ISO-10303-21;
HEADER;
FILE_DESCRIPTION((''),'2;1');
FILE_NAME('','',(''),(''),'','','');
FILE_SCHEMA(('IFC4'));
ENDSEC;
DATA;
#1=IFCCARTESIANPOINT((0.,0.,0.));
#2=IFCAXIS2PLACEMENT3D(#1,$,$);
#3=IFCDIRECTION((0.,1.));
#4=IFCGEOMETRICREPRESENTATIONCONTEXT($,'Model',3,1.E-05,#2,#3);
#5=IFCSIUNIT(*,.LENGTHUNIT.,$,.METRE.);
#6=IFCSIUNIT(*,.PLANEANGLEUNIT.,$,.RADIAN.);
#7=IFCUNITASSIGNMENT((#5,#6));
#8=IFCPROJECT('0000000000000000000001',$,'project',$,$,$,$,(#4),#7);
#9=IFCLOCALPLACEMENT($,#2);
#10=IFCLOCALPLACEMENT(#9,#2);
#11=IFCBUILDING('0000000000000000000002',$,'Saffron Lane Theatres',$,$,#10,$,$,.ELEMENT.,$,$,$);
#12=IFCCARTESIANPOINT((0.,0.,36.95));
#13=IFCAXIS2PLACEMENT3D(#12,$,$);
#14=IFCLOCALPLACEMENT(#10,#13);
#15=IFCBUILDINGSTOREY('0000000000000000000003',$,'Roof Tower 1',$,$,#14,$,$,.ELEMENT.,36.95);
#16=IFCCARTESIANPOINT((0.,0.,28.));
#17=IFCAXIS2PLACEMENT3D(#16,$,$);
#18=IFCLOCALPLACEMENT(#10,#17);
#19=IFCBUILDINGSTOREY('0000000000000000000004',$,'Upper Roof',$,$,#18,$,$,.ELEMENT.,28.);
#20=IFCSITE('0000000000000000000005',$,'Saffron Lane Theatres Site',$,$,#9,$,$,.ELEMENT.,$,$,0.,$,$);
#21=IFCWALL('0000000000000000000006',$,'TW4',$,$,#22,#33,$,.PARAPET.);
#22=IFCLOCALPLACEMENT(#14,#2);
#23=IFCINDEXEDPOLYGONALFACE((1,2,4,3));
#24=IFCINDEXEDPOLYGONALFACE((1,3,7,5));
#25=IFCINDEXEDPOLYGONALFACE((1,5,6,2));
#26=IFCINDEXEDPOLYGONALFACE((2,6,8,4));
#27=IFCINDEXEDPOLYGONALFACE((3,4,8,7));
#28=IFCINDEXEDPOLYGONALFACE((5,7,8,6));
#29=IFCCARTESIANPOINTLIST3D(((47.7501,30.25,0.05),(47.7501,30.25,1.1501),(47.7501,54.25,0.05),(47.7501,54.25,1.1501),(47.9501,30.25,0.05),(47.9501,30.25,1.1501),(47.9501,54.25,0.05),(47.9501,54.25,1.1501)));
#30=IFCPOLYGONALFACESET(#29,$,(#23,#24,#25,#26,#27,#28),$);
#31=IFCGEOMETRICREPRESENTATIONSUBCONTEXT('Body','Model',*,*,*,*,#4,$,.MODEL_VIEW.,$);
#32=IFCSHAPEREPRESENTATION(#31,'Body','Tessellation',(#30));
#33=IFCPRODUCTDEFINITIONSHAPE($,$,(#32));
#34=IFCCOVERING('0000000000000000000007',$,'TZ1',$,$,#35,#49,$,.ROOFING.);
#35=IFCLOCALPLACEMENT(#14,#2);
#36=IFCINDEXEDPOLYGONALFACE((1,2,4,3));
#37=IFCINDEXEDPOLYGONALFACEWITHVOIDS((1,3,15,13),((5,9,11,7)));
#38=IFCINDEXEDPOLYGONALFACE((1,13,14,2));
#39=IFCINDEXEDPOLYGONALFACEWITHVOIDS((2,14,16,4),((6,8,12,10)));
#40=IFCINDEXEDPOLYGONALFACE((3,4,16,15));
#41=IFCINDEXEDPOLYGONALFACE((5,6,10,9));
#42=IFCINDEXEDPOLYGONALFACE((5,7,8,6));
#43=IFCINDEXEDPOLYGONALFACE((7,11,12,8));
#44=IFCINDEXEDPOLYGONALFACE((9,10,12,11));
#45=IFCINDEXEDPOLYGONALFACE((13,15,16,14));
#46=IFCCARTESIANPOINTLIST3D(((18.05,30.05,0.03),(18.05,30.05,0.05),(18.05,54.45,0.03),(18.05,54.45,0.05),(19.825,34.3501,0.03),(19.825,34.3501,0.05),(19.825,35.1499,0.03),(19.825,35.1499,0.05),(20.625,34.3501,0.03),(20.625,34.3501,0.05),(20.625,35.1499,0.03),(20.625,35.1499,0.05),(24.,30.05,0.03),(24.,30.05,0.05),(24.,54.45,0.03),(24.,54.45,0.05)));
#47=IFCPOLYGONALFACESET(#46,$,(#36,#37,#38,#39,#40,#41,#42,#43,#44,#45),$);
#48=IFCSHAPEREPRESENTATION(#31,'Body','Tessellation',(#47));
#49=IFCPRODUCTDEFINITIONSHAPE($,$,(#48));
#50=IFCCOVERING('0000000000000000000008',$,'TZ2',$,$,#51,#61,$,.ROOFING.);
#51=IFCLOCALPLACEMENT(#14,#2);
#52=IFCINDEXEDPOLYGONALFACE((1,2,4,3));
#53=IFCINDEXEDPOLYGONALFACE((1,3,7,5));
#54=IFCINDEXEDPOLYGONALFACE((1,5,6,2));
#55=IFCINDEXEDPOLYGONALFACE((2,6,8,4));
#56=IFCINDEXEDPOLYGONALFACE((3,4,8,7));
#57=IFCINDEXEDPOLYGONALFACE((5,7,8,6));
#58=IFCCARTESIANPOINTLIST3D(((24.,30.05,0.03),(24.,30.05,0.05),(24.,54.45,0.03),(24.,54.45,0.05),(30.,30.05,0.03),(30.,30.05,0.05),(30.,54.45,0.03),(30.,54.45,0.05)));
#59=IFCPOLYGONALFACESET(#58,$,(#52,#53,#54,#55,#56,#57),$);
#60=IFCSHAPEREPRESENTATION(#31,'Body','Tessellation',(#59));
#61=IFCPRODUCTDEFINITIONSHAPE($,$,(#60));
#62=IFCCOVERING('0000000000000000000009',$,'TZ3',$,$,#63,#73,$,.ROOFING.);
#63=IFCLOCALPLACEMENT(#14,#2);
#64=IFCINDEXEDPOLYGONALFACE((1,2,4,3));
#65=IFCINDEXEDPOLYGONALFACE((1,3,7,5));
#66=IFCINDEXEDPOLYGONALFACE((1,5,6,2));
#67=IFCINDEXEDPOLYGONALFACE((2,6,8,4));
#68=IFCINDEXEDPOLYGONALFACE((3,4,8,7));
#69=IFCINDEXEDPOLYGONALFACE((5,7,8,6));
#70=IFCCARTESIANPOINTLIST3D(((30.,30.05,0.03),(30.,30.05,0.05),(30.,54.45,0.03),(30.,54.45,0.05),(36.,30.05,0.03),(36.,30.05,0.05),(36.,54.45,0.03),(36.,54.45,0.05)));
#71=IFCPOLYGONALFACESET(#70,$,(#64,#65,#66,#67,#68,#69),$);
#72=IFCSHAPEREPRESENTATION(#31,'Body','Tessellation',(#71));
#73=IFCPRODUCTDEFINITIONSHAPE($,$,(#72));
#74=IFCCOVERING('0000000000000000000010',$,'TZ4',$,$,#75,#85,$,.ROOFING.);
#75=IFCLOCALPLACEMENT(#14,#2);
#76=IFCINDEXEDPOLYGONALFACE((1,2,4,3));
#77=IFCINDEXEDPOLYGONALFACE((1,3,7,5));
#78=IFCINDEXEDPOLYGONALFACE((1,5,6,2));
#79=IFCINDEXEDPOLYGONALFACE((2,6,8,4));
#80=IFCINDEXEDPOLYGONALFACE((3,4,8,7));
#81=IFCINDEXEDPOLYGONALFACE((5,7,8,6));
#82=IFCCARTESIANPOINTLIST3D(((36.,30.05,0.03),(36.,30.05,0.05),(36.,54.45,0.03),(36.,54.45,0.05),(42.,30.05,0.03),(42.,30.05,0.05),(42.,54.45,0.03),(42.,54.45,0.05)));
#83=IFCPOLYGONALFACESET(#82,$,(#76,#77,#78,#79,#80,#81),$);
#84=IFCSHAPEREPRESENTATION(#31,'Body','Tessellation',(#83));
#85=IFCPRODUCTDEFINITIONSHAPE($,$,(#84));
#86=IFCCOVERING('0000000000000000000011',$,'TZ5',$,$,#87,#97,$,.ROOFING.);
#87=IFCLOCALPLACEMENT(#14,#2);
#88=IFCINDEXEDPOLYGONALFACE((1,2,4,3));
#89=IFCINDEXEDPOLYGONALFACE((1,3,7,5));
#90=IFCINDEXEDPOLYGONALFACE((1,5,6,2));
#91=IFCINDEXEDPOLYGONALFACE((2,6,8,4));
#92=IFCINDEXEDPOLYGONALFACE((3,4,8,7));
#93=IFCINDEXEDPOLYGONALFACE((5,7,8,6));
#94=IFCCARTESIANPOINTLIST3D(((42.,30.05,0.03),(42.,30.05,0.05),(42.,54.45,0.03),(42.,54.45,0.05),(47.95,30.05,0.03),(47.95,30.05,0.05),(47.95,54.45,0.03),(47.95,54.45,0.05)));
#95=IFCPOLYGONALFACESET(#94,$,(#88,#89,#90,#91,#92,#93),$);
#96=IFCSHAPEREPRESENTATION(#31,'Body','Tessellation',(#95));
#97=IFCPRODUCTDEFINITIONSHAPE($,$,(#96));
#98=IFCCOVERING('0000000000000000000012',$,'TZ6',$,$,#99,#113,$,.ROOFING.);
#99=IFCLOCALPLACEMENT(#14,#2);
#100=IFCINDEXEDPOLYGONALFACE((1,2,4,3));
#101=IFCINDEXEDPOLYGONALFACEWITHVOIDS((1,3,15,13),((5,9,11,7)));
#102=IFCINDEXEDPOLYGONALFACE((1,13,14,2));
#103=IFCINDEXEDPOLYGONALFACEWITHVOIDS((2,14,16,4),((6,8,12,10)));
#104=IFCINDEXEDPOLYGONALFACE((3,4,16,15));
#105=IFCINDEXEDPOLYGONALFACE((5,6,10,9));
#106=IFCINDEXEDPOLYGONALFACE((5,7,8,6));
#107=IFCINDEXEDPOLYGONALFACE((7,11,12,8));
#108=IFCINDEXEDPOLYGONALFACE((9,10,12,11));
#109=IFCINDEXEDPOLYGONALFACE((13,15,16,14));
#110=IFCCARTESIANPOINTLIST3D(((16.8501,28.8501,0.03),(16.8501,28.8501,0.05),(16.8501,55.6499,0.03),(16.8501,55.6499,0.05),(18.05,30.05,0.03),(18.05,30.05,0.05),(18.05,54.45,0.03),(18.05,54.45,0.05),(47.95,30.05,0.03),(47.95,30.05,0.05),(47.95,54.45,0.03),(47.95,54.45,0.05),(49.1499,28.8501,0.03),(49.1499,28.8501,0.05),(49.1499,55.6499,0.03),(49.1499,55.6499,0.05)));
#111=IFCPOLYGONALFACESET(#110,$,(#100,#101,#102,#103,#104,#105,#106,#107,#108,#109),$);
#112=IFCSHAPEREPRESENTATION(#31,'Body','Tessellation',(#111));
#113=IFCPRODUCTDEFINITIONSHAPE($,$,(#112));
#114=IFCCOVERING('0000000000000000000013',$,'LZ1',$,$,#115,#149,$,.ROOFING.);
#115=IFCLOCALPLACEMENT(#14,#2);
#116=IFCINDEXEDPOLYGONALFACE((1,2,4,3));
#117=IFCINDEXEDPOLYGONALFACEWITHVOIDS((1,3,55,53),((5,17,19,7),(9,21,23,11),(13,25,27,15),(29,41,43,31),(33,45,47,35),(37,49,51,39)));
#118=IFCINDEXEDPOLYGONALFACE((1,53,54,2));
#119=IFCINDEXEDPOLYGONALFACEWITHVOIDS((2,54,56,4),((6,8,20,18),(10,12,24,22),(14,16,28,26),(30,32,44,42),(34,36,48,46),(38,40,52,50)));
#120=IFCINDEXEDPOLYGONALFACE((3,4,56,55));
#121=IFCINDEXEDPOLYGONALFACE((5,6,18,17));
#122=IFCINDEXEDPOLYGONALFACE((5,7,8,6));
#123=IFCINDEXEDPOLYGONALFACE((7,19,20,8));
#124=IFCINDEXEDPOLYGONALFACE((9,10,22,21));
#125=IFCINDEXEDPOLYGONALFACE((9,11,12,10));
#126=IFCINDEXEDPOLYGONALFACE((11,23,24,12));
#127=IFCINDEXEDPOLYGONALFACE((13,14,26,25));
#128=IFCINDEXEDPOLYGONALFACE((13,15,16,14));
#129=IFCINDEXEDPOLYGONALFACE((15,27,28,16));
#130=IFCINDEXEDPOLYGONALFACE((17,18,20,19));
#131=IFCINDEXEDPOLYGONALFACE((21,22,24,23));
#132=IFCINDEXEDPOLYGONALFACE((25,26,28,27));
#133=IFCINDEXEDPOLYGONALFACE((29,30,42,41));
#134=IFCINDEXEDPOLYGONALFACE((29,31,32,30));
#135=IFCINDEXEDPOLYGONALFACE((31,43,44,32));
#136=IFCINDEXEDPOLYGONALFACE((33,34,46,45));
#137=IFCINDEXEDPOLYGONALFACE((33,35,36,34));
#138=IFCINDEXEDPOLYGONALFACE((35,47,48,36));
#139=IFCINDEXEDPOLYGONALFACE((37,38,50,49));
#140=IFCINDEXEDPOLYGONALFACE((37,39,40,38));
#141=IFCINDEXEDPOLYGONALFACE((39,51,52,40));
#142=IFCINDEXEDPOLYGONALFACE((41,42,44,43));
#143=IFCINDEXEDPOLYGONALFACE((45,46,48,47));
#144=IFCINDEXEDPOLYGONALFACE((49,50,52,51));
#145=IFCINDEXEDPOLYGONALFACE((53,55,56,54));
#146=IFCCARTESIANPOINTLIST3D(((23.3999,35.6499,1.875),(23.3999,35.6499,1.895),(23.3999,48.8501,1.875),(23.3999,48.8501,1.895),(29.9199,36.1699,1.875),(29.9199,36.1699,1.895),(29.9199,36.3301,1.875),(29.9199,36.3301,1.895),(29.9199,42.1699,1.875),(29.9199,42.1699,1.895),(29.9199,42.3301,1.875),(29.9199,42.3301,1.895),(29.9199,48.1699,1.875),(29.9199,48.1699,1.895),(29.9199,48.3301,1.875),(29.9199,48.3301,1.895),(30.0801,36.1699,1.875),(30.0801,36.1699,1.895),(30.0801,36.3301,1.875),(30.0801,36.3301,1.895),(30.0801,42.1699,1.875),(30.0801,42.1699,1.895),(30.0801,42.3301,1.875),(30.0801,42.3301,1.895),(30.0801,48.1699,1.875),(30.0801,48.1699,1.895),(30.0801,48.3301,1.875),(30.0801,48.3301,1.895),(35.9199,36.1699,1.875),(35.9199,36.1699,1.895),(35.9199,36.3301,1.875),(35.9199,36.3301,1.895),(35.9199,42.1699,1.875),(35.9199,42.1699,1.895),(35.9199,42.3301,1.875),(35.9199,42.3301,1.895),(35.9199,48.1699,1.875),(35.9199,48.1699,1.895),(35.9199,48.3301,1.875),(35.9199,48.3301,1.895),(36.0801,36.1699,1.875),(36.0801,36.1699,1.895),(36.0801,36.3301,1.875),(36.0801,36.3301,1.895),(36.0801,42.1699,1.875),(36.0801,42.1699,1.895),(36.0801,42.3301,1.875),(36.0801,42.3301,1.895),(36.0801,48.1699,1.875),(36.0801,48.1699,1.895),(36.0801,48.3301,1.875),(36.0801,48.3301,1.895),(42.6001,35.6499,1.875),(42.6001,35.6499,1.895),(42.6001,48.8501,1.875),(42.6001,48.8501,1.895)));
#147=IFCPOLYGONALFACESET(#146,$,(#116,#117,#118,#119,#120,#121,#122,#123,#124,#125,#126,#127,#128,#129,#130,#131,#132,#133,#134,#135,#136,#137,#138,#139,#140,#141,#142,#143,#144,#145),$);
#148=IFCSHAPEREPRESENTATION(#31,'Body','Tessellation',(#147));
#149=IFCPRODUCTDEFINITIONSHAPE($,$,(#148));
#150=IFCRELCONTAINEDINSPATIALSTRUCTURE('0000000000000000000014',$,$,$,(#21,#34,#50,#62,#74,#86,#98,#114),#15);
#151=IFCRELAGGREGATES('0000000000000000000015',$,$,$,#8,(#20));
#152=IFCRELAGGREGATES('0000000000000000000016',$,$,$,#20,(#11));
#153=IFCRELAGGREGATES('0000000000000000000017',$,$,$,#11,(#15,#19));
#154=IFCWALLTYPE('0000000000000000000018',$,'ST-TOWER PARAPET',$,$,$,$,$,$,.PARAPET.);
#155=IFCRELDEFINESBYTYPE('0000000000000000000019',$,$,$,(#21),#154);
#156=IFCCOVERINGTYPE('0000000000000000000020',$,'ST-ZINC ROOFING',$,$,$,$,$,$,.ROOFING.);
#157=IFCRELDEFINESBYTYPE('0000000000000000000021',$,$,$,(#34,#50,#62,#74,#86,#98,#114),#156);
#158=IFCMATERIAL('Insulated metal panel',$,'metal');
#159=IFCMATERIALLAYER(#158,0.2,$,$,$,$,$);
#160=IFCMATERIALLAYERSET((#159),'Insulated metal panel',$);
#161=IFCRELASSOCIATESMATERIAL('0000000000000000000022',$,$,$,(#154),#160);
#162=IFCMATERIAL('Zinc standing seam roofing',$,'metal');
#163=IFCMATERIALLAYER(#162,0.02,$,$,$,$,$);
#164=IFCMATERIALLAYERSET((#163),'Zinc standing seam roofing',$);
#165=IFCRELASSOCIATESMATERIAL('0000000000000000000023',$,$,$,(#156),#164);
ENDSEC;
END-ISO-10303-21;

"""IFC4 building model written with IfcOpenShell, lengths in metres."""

from ifc_helpers import new_model, si_unit, direction, frame, frame_2d, origin, place, context, subcontext, project, spatial, polyline, rectangle, outline, extrude, material, layer, layer_set, type_object, element, save


model = new_model("IFC4")

# Units and contexts
model_context = context("Model", 3, precision=1e-05, world=origin(), true_north=direction((0.0, 1.0)))
body_context = subcontext(model_context, "Body", "Model", "MODEL_VIEW")
ifc_project = project(units=[si_unit("LENGTHUNIT", "METRE"), si_unit("PLANEANGLEUNIT", "RADIAN")], contexts=[model_context])

# Site, building, storey
site_placement = place(None, origin())
site = spatial("IfcSite", under=ifc_project, at=site_placement, Name="Saffron Lane Theatres Site", CompositionType="ELEMENT", RefElevation=0.0)
building_placement = place(site_placement, origin())
building = spatial("IfcBuilding", under=site, at=building_placement, Name="Saffron Lane Theatres", CompositionType="ELEMENT")
storey_1_placement = place(building_placement, frame((0.0, 0.0, 36.95)))
storey_1 = spatial("IfcBuildingStorey", under=building, at=storey_1_placement, Name="Roof Tower 1", CompositionType="ELEMENT", Elevation=36.95)

# Shared definitions
storey_2_placement = place(building_placement, frame((0.0, 0.0, 28.0)))
storey_2 = spatial("IfcBuildingStorey", under=building, at=storey_2_placement, Name="Upper Roof", CompositionType="ELEMENT", Elevation=28.0)

# Wall
ifc_material_1 = material(Name="Insulated metal panel", Category="metal")
ifc_layer_1 = layer(ifc_material_1, 0.2)
ifc_layer_set_1 = layer_set([ifc_layer_1], Name="Insulated metal panel")
wall_type = type_object("IfcWallType", Name="ST-TOWER PARAPET", PredefinedType="PARAPET", material=ifc_layer_set_1)
for number, where, z_axis, x_axis, name in (
    (1, (47.8501, 30.25, 0.05), (0.0, 0.0, 1.0), (0.0, 1.0, 0.0), "TW4"),
):
    element("IfcWall", number, at=place(storey_1_placement, frame(where, z_axis=z_axis, x_axis=x_axis)), inside=storey_1, type_object=wall_type, Name=name, PredefinedType="PARAPET", context=body_context, shape_type="SweptSolid", body=[
        extrude(rectangle(XDim=24.0, YDim=0.2, at=frame_2d((12.0, 0.0))), origin(), (0.0, 0.0, 1.0), 1.1001),
    ])

# Coverings
ifc_material_2 = material(Name="Zinc standing seam roofing", Category="metal")
ifc_layer_2 = layer(ifc_material_2, 0.02)
ifc_layer_set_2 = layer_set([ifc_layer_2], Name="Zinc standing seam roofing")
covering_type = type_object("IfcCoveringType", Name="ST-ZINC ROOFING", PredefinedType="ROOFING", material=ifc_layer_set_2)
covering_1_placement = place(storey_1_placement, frame((0.0, 0.0, 0.03)))
element("IfcCovering", 2, at=covering_1_placement, inside=storey_1, type_object=covering_type, Name="TZ1", PredefinedType="ROOFING", context=body_context, shape_type="SweptSolid", body=[
    extrude(outline(polyline([(18.05, 30.05), (24.0, 30.05), (24.0, 54.45), (18.05, 54.45), (18.05, 30.05)]), holes=[polyline([(19.825, 34.3501), (20.625, 34.3501), (20.625, 35.1499), (19.825, 35.1499), (19.825, 34.3501)])]), origin(), (0.0, 0.0, 1.0), 0.02),
])
covering_2_placement = place(storey_1_placement, frame((0.0, 0.0, 0.03)))
element("IfcCovering", 3, at=covering_2_placement, inside=storey_1, type_object=covering_type, Name="TZ2", PredefinedType="ROOFING", context=body_context, shape_type="SweptSolid", body=[
    extrude(outline(polyline([(24.0, 30.05), (30.0, 30.05), (30.0, 54.45), (24.0, 54.45), (24.0, 30.05)])), origin(), (0.0, 0.0, 1.0), 0.02),
])
covering_3_placement = place(storey_1_placement, frame((0.0, 0.0, 0.03)))
element("IfcCovering", 4, at=covering_3_placement, inside=storey_1, type_object=covering_type, Name="TZ3", PredefinedType="ROOFING", context=body_context, shape_type="SweptSolid", body=[
    extrude(outline(polyline([(30.0, 30.05), (36.0, 30.05), (36.0, 54.45), (30.0, 54.45), (30.0, 30.05)])), origin(), (0.0, 0.0, 1.0), 0.02),
])
covering_4_placement = place(storey_1_placement, frame((0.0, 0.0, 0.03)))
element("IfcCovering", 5, at=covering_4_placement, inside=storey_1, type_object=covering_type, Name="TZ4", PredefinedType="ROOFING", context=body_context, shape_type="SweptSolid", body=[
    extrude(outline(polyline([(36.0, 30.05), (42.0, 30.05), (42.0, 54.45), (36.0, 54.45), (36.0, 30.05)])), origin(), (0.0, 0.0, 1.0), 0.02),
])
covering_5_placement = place(storey_1_placement, frame((0.0, 0.0, 0.03)))
element("IfcCovering", 6, at=covering_5_placement, inside=storey_1, type_object=covering_type, Name="TZ5", PredefinedType="ROOFING", context=body_context, shape_type="SweptSolid", body=[
    extrude(outline(polyline([(42.0, 30.05), (47.95, 30.05), (47.95, 54.45), (42.0, 54.45), (42.0, 30.05)])), origin(), (0.0, 0.0, 1.0), 0.02),
])
covering_6_placement = place(storey_1_placement, frame((0.0, 0.0, 0.03)))
element("IfcCovering", 7, at=covering_6_placement, inside=storey_1, type_object=covering_type, Name="TZ6", PredefinedType="ROOFING", context=body_context, shape_type="SweptSolid", body=[
    extrude(outline(polyline([(16.8501, 28.8501), (49.1499, 28.8501), (49.1499, 55.6499), (16.8501, 55.6499), (16.8501, 28.8501)]), holes=[polyline([(18.05, 30.05), (47.95, 30.05), (47.95, 54.45), (18.05, 54.45), (18.05, 30.05)])]), origin(), (0.0, 0.0, 1.0), 0.02),
])
covering_7_placement = place(storey_1_placement, frame((0.0, 0.0, 1.875)))
element("IfcCovering", 8, at=covering_7_placement, inside=storey_1, type_object=covering_type, Name="LZ1", PredefinedType="ROOFING", context=body_context, shape_type="SweptSolid", body=[
    extrude(outline(polyline([(23.3999, 35.6499), (42.6001, 35.6499), (42.6001, 48.8501), (23.3999, 48.8501), (23.3999, 35.6499)]), holes=[polyline([(29.9199, 36.1699), (30.0801, 36.1699), (30.0801, 36.3301), (29.9199, 36.3301), (29.9199, 36.1699)]), polyline([(29.9199, 42.1699), (30.0801, 42.1699), (30.0801, 42.3301), (29.9199, 42.3301), (29.9199, 42.1699)]), polyline([(29.9199, 48.1699), (30.0801, 48.1699), (30.0801, 48.3301), (29.9199, 48.3301), (29.9199, 48.1699)]), polyline([(35.9199, 36.1699), (36.0801, 36.1699), (36.0801, 36.3301), (35.9199, 36.3301), (35.9199, 36.1699)]), polyline([(35.9199, 42.1699), (36.0801, 42.1699), (36.0801, 42.3301), (35.9199, 42.3301), (35.9199, 42.1699)]), polyline([(35.9199, 48.1699), (36.0801, 48.1699), (36.0801, 48.3301), (35.9199, 48.3301), (35.9199, 48.1699)])]), origin(), (0.0, 0.0, 1.0), 0.02),
])

save(model, "model.ifc")
